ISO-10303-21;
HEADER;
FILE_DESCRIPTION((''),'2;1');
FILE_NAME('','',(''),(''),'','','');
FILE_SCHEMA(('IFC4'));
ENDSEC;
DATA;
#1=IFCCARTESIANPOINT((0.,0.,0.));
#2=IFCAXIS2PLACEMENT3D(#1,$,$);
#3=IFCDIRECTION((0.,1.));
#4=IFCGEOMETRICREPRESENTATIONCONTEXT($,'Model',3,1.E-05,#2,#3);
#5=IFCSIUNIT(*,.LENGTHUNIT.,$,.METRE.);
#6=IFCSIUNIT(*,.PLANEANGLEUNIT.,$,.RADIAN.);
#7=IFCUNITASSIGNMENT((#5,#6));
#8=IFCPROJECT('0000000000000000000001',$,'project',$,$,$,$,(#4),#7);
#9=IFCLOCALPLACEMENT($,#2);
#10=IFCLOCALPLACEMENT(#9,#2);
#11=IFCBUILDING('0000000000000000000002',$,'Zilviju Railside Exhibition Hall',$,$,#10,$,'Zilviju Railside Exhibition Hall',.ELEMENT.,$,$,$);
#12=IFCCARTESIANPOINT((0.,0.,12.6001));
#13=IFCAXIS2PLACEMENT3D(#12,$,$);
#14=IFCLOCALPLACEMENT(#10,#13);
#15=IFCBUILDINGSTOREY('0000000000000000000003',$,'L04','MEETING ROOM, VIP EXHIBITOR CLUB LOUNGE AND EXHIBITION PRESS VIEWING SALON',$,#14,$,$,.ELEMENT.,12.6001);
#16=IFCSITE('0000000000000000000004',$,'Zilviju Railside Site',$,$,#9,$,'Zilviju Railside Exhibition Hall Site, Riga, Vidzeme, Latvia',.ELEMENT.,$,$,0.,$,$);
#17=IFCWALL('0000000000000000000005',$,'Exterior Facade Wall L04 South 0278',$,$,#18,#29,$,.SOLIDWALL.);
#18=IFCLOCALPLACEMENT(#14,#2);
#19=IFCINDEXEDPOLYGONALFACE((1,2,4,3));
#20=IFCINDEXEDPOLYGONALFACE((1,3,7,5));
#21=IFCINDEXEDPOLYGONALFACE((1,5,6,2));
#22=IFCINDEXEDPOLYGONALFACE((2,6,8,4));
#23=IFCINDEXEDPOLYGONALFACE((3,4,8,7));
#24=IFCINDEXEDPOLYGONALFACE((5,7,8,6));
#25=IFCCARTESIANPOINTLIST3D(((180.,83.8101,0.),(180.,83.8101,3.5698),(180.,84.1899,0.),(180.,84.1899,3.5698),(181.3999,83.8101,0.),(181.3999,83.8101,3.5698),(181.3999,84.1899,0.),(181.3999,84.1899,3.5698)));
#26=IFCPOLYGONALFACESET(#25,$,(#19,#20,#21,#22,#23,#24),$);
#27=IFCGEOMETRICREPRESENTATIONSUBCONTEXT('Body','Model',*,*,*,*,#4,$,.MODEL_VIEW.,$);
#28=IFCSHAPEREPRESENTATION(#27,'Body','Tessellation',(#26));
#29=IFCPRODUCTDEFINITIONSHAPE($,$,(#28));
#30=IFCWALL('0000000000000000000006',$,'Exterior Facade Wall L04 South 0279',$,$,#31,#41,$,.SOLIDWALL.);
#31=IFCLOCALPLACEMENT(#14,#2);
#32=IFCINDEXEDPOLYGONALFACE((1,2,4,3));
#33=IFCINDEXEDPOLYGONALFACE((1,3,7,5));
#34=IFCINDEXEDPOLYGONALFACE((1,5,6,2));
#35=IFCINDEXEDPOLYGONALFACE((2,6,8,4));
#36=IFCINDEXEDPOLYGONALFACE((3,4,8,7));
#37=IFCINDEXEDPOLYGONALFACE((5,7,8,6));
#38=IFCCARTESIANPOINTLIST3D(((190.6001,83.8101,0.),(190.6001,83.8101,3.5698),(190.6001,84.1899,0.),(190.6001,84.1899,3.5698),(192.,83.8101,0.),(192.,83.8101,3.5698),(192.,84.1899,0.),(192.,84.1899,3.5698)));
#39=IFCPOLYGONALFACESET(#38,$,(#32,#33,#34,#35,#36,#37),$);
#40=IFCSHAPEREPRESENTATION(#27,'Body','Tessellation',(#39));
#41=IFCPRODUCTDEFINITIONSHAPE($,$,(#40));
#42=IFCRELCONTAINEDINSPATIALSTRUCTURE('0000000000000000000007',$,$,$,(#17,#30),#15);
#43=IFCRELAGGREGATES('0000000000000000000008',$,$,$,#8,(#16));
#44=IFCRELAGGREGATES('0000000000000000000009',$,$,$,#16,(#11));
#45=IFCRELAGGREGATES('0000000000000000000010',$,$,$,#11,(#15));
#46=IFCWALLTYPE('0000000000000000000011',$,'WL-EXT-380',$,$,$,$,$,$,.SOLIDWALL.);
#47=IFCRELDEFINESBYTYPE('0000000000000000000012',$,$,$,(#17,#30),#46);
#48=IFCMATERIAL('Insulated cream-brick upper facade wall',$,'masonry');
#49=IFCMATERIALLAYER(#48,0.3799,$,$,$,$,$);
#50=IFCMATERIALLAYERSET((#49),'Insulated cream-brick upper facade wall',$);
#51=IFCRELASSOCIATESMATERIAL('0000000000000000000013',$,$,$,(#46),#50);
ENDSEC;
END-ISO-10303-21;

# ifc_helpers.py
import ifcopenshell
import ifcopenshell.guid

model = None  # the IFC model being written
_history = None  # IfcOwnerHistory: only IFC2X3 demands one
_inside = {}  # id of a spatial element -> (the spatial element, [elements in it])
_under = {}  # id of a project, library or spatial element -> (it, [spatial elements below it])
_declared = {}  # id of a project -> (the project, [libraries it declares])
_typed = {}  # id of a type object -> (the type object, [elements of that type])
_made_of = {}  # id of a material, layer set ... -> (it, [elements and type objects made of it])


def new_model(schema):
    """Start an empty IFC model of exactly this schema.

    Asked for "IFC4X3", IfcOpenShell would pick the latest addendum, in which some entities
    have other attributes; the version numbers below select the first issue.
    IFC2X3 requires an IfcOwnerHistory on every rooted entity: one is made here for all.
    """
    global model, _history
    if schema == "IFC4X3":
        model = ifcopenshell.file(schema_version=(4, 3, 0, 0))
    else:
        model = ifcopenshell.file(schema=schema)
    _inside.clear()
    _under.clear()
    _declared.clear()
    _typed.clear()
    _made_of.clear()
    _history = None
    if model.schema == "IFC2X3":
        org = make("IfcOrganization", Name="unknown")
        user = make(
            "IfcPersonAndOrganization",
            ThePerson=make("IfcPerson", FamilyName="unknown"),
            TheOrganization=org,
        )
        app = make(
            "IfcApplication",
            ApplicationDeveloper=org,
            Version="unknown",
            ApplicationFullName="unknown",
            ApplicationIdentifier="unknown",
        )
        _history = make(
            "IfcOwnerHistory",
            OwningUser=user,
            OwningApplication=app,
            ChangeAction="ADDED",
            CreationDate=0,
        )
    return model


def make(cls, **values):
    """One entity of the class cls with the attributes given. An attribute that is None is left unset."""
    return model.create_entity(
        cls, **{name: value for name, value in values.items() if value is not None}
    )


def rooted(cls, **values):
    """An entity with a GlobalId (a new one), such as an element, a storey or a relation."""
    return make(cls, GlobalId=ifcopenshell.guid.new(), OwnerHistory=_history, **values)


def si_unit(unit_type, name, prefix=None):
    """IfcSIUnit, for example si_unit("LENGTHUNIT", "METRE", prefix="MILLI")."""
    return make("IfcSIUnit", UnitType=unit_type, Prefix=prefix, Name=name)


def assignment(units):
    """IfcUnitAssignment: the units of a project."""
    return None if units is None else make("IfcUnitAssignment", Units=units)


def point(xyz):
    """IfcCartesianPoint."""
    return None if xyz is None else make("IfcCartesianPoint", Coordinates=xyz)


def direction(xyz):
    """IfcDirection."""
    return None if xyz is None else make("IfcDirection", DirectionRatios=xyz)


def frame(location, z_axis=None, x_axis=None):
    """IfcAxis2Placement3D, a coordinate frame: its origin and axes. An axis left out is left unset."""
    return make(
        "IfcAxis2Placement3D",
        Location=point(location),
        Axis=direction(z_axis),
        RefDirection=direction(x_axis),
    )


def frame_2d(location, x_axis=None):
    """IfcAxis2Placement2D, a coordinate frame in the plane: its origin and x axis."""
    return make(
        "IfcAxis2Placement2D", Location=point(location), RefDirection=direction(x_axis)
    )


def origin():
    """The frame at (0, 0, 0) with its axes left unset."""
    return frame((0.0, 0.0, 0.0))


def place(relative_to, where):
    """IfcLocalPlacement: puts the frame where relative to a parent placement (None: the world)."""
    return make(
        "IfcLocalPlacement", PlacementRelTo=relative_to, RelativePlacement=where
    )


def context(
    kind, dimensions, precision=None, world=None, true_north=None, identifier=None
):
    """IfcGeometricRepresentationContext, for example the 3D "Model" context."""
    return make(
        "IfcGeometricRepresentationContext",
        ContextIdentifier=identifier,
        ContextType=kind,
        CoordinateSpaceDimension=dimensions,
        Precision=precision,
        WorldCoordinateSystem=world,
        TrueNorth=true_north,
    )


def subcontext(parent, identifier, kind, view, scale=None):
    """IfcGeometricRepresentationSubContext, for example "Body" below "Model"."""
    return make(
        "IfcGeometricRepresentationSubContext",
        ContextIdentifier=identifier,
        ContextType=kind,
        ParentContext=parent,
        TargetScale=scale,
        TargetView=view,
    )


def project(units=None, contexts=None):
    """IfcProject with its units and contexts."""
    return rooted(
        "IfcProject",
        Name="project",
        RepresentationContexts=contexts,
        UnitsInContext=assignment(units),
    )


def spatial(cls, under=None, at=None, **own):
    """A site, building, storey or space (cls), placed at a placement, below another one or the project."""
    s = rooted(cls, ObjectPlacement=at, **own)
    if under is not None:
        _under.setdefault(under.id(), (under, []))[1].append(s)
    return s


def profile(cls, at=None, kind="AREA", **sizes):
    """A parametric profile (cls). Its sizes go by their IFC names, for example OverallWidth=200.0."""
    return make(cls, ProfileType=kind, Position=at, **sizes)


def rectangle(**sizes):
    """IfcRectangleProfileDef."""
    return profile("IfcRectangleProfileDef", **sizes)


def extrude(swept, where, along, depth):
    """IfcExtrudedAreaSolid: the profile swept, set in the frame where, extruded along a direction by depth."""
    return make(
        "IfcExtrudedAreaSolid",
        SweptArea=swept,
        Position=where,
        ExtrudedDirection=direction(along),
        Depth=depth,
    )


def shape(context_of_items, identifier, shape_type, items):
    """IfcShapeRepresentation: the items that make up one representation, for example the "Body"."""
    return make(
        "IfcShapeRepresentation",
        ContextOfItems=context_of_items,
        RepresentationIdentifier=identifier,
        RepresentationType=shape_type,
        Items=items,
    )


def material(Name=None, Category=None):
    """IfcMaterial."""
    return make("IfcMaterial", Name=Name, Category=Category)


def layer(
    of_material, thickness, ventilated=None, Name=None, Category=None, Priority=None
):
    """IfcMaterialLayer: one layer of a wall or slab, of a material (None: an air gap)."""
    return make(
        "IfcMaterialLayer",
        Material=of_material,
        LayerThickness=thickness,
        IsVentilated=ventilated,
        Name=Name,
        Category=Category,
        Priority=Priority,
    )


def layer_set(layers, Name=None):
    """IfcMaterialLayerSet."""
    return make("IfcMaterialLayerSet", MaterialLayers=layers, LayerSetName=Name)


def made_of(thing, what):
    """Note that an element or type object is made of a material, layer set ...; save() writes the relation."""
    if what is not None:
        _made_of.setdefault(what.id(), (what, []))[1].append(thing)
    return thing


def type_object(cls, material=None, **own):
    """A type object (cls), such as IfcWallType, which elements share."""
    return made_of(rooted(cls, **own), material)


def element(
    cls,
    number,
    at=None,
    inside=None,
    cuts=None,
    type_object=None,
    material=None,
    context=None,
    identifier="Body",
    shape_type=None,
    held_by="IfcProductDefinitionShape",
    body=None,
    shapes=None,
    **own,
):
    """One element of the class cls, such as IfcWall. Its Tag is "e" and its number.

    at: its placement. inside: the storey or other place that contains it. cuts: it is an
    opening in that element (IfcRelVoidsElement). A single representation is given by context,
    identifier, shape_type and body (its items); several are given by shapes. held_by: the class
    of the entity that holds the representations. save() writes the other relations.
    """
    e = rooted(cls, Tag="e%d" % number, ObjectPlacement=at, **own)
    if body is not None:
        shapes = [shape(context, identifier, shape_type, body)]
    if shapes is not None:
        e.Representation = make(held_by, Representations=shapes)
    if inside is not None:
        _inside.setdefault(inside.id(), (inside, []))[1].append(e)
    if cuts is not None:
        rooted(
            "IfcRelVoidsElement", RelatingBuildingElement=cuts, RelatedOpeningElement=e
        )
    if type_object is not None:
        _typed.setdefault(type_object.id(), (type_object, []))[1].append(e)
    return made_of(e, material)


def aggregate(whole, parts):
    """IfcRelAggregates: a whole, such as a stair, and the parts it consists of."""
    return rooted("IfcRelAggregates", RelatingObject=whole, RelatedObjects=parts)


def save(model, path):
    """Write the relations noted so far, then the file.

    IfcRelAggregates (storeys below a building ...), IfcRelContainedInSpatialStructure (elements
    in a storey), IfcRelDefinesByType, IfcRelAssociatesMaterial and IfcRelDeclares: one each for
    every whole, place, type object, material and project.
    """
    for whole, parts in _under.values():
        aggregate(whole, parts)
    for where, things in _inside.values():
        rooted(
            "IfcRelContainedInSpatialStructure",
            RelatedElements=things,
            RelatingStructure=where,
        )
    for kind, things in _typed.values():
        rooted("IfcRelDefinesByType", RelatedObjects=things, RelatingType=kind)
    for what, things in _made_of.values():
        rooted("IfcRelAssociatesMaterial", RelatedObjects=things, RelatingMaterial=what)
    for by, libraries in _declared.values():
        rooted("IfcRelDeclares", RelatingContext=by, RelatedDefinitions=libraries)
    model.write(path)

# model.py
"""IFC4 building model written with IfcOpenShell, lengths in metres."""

from ifc_helpers import new_model, si_unit, direction, frame, frame_2d, origin, place, context, subcontext, project, spatial, rectangle, extrude, material, layer, layer_set, type_object, element, save


model = new_model("IFC4")

# Units and contexts
model_context = context("Model", 3, precision=1e-05, world=origin(), true_north=direction((0.0, 1.0)))
body_context = subcontext(model_context, "Body", "Model", "MODEL_VIEW")
ifc_project = project(units=[si_unit("LENGTHUNIT", "METRE"), si_unit("PLANEANGLEUNIT", "RADIAN")], contexts=[model_context])

# Site, building, storey
site_placement = place(None, origin())
site = spatial("IfcSite", under=ifc_project, at=site_placement, Name="Zilviju Railside Site", LongName="Zilviju Railside Exhibition Hall Site, Riga, Vidzeme, Latvia", CompositionType="ELEMENT", RefElevation=0.0)
building_placement = place(site_placement, origin())
building = spatial("IfcBuilding", under=site, at=building_placement, Name="Zilviju Railside Exhibition Hall", LongName="Zilviju Railside Exhibition Hall", CompositionType="ELEMENT")
storey_placement = place(building_placement, frame((0.0, 0.0, 12.6001)))
storey = spatial("IfcBuildingStorey", under=building, at=storey_placement, Name="L04", Description="MEETING ROOM, VIP EXHIBITOR CLUB LOUNGE AND EXHIBITION PRESS VIEWING SALON", CompositionType="ELEMENT", Elevation=12.6001)

# Walls
ifc_material_1 = material(Name="Insulated cream-brick upper facade wall", Category="masonry")
ifc_layer_1 = layer(ifc_material_1, 0.3799)
ifc_layer_set_1 = layer_set([ifc_layer_1], Name="Insulated cream-brick upper facade wall")
wall_type_1 = type_object("IfcWallType", Name="WL-EXT-380", PredefinedType="SOLIDWALL", material=ifc_layer_set_1)
for number, where, z_axis, x_axis, name in (
    (1, (181.3999, 84.0, 0.0), (0.0, 0.0, 1.0), (-1.0, 0.0, 0.0), "Exterior Facade Wall L04 South 0278"),
    (2, (192.0, 84.0, 0.0), (0.0, 0.0, 1.0), (-1.0, 0.0, 0.0), "Exterior Facade Wall L04 South 0279"),
):
    element("IfcWall", number, at=place(storey_placement, frame(where, z_axis=z_axis, x_axis=x_axis)), inside=storey, type_object=wall_type_1, Name=name, PredefinedType="SOLIDWALL", context=body_context, shape_type="SweptSolid", body=[
        extrude(rectangle(XDim=1.3999, YDim=0.3799, at=frame_2d((0.7, 0.0))), origin(), (0.0, 0.0, 1.0), 3.5698),
    ])

save(model, "model.ifc")
